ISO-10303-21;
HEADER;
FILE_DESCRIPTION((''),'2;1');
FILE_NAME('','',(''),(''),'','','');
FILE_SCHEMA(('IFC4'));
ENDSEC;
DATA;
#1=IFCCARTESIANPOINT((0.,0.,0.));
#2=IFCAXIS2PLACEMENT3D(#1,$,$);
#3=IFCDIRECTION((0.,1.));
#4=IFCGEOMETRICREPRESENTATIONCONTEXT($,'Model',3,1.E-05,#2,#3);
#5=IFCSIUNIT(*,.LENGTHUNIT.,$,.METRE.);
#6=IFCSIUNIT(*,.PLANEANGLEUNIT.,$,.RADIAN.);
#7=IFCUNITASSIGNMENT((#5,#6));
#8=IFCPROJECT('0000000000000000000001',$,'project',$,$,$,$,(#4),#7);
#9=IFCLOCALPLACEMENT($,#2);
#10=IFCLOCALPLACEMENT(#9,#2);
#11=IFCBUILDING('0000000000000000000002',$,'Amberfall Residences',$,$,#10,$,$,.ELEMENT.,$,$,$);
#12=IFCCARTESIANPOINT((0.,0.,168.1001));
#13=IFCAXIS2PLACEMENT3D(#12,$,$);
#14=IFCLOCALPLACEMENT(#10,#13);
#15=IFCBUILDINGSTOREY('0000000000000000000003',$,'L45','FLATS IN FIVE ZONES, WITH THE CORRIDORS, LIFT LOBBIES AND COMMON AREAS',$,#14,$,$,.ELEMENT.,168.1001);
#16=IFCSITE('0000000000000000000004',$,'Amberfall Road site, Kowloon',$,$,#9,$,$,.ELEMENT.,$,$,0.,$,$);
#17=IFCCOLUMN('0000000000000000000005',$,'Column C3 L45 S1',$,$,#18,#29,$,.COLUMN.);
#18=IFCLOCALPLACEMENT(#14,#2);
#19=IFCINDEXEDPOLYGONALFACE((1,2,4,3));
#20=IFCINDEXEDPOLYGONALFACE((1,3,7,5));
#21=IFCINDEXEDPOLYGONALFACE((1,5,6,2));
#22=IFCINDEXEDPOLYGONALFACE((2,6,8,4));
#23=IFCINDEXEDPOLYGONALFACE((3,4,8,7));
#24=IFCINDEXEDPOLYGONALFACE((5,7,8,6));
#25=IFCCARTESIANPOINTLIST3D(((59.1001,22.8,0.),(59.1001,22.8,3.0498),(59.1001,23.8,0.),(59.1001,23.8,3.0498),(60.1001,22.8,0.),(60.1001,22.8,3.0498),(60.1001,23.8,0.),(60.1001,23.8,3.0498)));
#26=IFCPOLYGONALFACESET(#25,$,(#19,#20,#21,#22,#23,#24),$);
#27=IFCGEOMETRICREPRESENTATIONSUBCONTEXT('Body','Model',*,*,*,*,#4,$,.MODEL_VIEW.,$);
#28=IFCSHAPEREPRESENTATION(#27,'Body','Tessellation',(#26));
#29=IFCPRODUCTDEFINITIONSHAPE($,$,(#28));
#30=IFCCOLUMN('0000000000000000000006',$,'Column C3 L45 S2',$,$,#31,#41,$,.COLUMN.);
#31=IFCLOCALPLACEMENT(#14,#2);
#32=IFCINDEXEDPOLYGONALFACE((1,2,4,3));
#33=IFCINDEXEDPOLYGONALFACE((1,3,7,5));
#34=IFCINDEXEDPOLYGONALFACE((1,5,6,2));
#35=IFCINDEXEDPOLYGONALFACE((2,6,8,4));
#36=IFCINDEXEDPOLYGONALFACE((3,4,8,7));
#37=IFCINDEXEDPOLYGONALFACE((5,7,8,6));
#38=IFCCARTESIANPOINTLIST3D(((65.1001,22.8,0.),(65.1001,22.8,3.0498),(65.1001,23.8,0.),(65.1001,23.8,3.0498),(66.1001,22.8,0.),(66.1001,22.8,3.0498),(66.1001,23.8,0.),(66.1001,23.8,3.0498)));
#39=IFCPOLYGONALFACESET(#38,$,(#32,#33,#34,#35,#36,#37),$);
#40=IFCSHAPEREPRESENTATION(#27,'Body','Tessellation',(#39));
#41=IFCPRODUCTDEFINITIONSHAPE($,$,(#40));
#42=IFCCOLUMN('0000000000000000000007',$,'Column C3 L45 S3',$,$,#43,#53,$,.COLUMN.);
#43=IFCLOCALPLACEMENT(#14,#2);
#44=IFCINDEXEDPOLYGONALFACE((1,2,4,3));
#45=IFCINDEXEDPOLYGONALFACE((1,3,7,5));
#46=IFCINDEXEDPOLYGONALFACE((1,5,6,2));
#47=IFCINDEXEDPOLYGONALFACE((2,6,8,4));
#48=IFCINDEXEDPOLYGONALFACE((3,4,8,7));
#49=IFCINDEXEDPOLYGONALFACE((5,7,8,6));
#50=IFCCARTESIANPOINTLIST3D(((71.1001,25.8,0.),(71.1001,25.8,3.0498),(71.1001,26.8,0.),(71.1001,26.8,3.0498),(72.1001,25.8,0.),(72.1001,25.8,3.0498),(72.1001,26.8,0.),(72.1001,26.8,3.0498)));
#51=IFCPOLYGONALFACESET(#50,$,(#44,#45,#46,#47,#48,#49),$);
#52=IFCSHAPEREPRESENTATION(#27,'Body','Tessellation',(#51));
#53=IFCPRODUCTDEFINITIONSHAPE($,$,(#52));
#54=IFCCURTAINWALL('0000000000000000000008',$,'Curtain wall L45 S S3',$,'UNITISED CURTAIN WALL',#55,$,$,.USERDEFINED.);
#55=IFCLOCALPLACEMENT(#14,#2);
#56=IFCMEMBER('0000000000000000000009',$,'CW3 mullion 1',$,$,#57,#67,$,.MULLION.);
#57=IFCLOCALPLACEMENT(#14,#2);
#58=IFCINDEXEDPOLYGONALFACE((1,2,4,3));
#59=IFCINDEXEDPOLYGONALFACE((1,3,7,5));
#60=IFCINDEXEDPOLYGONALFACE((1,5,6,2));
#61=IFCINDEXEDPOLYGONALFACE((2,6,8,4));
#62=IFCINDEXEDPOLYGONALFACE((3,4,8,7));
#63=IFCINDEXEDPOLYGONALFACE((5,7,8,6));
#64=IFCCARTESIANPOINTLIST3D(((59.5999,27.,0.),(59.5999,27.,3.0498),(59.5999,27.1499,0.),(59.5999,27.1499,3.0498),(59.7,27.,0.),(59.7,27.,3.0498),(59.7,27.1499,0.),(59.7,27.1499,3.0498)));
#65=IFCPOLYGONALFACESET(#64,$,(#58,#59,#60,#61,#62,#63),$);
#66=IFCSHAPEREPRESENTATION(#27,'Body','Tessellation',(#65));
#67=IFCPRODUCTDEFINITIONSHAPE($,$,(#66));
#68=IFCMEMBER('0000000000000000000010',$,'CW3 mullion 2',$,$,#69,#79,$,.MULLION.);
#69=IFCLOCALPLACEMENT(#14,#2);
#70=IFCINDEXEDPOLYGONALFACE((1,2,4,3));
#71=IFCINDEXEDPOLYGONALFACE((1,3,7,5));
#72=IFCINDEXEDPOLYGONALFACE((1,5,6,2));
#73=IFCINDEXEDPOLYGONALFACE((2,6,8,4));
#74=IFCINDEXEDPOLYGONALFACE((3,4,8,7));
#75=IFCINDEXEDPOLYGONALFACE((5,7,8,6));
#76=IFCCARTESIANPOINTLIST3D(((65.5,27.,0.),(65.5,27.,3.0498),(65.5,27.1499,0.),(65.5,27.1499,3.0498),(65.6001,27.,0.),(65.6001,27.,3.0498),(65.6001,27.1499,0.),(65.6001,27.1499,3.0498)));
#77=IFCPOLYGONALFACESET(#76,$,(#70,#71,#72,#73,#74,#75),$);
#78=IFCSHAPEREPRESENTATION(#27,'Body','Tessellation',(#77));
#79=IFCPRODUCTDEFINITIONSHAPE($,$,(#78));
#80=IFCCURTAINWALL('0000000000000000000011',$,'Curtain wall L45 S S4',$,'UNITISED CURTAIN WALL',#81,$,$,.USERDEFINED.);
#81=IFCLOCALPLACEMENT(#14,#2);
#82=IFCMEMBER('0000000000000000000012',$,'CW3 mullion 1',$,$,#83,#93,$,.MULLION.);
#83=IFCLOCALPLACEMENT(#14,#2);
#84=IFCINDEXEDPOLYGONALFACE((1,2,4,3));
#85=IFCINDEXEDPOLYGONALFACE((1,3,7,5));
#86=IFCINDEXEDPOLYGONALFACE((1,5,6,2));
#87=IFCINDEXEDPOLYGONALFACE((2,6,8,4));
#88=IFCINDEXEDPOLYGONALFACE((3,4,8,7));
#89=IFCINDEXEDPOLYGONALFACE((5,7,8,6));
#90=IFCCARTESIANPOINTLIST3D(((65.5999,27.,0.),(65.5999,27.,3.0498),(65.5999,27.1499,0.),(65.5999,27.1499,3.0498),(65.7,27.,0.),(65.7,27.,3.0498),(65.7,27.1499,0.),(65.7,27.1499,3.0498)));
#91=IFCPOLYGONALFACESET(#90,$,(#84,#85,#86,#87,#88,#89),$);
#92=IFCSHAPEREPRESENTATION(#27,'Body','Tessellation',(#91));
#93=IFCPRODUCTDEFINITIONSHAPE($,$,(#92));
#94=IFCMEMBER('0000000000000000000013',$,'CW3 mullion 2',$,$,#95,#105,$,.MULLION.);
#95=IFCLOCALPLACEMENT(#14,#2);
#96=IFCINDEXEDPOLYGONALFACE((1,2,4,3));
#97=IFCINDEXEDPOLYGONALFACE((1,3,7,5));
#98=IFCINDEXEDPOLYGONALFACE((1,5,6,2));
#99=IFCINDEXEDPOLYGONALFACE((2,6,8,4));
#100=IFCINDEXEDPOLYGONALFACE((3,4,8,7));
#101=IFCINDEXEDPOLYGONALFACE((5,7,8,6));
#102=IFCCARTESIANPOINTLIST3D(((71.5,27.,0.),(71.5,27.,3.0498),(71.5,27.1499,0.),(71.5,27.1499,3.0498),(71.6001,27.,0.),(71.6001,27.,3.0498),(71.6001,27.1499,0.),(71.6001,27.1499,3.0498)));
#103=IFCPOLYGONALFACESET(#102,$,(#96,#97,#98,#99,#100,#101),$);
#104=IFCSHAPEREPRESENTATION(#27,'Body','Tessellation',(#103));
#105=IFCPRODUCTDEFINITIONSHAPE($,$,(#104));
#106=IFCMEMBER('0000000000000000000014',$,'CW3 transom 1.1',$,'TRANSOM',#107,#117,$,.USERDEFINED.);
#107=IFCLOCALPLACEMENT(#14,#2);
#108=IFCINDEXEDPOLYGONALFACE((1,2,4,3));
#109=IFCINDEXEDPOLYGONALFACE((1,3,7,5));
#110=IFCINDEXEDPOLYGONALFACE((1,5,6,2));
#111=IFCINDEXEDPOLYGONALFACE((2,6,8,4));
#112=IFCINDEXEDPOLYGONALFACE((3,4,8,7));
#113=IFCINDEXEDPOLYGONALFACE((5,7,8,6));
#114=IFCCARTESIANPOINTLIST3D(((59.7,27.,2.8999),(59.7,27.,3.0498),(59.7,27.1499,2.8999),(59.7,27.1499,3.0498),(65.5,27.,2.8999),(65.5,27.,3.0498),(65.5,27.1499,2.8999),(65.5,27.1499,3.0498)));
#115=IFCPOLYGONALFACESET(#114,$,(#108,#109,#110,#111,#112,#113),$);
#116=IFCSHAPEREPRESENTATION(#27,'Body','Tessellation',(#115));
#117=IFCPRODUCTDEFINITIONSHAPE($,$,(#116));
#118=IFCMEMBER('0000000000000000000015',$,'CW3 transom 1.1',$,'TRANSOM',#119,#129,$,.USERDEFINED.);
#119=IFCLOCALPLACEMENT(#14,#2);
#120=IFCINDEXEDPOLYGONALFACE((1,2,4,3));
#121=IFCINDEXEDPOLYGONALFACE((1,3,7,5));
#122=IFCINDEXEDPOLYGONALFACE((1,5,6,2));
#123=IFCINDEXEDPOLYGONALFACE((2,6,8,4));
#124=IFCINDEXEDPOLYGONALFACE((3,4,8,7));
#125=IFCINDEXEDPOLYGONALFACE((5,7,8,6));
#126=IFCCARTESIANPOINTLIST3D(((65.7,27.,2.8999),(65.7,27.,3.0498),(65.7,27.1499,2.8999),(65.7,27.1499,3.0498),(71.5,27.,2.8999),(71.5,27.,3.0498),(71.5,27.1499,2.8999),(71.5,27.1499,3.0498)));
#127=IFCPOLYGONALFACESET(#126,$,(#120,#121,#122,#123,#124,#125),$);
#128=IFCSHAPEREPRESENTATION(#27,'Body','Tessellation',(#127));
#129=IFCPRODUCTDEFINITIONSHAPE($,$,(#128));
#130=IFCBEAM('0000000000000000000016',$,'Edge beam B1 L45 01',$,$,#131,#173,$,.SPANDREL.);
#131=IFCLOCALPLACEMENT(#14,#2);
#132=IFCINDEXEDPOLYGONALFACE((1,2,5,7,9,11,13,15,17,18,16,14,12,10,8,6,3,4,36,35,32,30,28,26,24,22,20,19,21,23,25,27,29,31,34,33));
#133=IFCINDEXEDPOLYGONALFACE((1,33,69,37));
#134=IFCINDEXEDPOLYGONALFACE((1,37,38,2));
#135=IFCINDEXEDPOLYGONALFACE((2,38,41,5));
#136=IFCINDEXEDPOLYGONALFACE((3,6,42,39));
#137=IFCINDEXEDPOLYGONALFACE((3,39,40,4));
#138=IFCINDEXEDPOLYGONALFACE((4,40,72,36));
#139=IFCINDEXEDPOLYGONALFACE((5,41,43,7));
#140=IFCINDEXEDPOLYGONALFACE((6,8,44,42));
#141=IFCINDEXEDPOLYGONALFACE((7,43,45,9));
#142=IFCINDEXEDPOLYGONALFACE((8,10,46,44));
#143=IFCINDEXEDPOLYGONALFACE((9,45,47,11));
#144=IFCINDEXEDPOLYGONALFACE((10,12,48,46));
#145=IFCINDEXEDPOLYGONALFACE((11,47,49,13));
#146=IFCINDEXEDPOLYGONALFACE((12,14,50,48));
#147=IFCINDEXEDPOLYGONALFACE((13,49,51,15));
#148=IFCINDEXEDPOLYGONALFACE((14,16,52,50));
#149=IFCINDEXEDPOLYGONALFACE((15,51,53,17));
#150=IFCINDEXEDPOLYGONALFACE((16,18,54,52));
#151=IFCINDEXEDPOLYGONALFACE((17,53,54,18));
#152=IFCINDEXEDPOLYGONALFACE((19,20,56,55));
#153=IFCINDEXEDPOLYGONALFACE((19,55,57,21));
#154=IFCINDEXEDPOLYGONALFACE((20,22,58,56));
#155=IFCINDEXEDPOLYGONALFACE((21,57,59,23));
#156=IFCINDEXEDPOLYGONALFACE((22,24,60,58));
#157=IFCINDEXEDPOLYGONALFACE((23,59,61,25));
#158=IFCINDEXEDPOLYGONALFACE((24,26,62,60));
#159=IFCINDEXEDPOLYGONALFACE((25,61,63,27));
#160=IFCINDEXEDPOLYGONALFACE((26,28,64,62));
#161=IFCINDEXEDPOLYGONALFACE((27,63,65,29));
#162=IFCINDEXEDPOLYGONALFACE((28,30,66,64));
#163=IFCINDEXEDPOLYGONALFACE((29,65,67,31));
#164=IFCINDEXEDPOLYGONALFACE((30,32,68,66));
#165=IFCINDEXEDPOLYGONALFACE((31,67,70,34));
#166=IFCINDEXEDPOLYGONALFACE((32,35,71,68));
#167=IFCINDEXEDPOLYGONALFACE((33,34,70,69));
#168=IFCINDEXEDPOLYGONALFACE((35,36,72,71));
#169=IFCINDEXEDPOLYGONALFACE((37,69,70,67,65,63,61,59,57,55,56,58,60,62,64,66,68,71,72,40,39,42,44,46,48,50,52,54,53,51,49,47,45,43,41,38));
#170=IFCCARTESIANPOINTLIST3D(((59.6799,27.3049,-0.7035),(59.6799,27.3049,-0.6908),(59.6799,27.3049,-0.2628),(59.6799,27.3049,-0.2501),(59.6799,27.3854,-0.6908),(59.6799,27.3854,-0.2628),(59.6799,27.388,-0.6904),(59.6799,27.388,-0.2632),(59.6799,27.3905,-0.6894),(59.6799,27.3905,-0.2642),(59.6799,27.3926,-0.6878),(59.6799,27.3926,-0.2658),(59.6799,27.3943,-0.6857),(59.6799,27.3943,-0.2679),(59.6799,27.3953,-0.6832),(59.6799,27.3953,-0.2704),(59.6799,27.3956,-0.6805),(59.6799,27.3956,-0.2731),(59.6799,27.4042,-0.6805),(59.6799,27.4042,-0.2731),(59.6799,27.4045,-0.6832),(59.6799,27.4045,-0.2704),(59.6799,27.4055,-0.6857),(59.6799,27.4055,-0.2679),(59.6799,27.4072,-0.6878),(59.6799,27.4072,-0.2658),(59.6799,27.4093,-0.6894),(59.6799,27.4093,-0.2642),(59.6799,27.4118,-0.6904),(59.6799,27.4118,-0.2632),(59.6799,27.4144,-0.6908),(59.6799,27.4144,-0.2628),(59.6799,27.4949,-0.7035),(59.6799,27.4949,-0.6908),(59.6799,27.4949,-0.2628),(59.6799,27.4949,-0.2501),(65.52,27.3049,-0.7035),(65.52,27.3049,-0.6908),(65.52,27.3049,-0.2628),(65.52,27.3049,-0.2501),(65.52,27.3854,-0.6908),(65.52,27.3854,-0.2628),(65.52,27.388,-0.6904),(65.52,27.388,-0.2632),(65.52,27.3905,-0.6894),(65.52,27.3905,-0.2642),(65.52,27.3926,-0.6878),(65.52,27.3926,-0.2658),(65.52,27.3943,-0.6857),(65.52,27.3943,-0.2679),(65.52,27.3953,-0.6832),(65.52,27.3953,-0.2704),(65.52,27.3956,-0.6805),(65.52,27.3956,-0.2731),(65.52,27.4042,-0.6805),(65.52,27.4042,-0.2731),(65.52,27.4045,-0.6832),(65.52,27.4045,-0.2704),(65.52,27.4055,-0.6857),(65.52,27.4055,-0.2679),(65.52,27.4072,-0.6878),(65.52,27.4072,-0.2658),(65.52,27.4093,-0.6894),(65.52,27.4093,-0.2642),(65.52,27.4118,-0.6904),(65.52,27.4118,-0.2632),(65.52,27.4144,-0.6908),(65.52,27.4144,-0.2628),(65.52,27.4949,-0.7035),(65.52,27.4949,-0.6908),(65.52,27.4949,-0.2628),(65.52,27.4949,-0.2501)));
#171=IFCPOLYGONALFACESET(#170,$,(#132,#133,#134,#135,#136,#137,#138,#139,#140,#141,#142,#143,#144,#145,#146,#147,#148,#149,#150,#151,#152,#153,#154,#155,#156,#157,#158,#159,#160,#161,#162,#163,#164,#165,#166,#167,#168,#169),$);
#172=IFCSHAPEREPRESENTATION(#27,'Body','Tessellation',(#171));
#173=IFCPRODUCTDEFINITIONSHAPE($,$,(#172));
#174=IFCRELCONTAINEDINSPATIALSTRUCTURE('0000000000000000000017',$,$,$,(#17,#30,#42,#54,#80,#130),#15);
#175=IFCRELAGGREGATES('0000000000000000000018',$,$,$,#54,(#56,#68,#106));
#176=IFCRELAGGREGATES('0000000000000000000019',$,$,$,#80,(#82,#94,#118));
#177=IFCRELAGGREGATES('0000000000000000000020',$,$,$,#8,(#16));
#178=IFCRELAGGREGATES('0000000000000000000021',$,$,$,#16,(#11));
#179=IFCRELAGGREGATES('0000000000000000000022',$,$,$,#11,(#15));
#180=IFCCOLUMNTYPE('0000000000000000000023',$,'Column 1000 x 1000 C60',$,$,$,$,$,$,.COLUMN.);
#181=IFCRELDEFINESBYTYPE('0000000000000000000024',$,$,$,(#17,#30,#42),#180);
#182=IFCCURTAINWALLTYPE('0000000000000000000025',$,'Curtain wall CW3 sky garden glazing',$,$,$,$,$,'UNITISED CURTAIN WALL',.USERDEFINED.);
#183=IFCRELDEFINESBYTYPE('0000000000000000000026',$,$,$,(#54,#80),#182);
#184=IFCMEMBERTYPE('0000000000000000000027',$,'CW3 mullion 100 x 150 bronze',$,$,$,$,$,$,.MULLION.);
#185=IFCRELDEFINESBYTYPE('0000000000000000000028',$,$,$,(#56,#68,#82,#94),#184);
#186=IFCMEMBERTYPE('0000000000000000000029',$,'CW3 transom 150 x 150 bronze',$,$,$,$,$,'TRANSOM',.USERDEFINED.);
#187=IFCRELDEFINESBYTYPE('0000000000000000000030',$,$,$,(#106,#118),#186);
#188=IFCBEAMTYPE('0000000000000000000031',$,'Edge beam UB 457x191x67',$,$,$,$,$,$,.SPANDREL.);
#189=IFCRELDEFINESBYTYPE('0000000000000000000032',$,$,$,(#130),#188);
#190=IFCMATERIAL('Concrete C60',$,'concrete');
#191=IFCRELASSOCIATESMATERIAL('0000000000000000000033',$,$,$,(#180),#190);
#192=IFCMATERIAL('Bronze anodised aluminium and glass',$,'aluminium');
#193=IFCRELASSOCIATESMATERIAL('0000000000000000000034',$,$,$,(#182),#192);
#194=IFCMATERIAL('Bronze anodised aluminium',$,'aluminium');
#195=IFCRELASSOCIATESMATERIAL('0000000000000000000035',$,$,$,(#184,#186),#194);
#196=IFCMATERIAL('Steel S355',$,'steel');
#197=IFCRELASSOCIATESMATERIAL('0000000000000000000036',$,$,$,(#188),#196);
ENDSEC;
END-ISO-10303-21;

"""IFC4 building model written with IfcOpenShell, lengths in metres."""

from ifc_helpers import new_model, si_unit, direction, frame, origin, origin_2d, place, context, subcontext, project, spatial, rectangle, i_section, extrude, material, material_profile, profile_set, type_object, element, aggregate, save


model = new_model("IFC4")

# Units and contexts
model_context = context("Model", 3, precision=1e-05, world=origin(), true_north=direction((0.0, 1.0)))
body_context = subcontext(model_context, "Body", "Model", "MODEL_VIEW")
ifc_project = project(units=[si_unit("LENGTHUNIT", "METRE"), si_unit("PLANEANGLEUNIT", "RADIAN")], contexts=[model_context])

# Site, building, storey
site_placement = place(None, origin())
site = spatial("IfcSite", under=ifc_project, at=site_placement, Name="Amberfall Road site, Kowloon", CompositionType="ELEMENT", RefElevation=0.0)
building_placement = place(site_placement, origin())
building = spatial("IfcBuilding", under=site, at=building_placement, Name="Amberfall Residences", CompositionType="ELEMENT")
storey_placement = place(building_placement, frame((0.0, 0.0, 168.1001)))
storey = spatial("IfcBuildingStorey", under=building, at=storey_placement, Name="L45", Description="FLATS IN FIVE ZONES, WITH THE CORRIDORS, LIFT LOBBIES AND COMMON AREAS", CompositionType="ELEMENT", Elevation=168.1001)

# Columns
ifc_material_1 = material(Name="Concrete C60", Category="concrete")
ifc_material_profile_1 = material_profile(ifc_material_1, rectangle(XDim=1.0, YDim=1.0, at=origin_2d()), Name="Column 1000 x 1000 C60")
ifc_profile_set_1 = profile_set([ifc_material_profile_1], Name="Concrete C60")
column_type = type_object("IfcColumnType", Name="Column 1000 x 1000 C60", PredefinedType="COLUMN", material=ifc_profile_set_1)
for number, where, z_axis, x_axis, name in (
    (1, (59.6001, 23.3, 0.0), (0.0, 0.0, 1.0), (1.0, 0.0, 0.0), "Column C3 L45 S1"),
    (2, (65.6001, 23.3, 0.0), (0.0, 0.0, 1.0), (1.0, 0.0, 0.0), "Column C3 L45 S2"),
    (3, (71.6001, 26.3, 0.0), (0.0, 0.0, 1.0), (1.0, 0.0, 0.0), "Column C3 L45 S3"),
):
    element("IfcColumn", number, at=place(storey_placement, frame(where, z_axis=z_axis, x_axis=x_axis)), inside=storey, type_object=column_type, Name=name, PredefinedType="COLUMN", context=body_context, shape_type="SweptSolid", body=[
        extrude(rectangle(XDim=1.0, YDim=1.0, at=origin_2d()), origin(), (0.0, 0.0, 1.0), 3.0498),
    ])

# Curtain walls, members
ifc_material_2 = material(Name="Bronze anodised aluminium and glass", Category="aluminium")
curtain_wall_type_1 = type_object("IfcCurtainWallType", Name="Curtain wall CW3 sky garden glazing", ElementType="UNITISED CURTAIN WALL", PredefinedType="USERDEFINED", material=ifc_material_2)
curtain_wall_1_placement = place(storey_placement, origin())
curtain_wall_1 = element("IfcCurtainWall", 4, at=curtain_wall_1_placement, inside=storey, type_object=curtain_wall_type_1, Name="Curtain wall L45 S S3", ObjectType="UNITISED CURTAIN WALL", PredefinedType="USERDEFINED")
ifc_material_3 = material(Name="Bronze anodised aluminium", Category="aluminium")
ifc_material_profile_2 = material_profile(ifc_material_3, rectangle(XDim=0.1499, YDim=0.1001, at=origin_2d()), Name="CW3 mullion 100 x 150 bronze")
ifc_profile_set_2 = profile_set([ifc_material_profile_2], Name="Bronze anodised aluminium")
member_type_1 = type_object("IfcMemberType", Name="CW3 mullion 100 x 150 bronze", PredefinedType="MULLION", material=ifc_profile_set_2)
member_1_placement = place(storey_placement, frame((59.6499, 27.075, 0.0), z_axis=(0.0, 0.0, 1.0), x_axis=(0.0, 1.0, 0.0)))
member_1 = element("IfcMember", 5, at=member_1_placement, type_object=member_type_1, Name="CW3 mullion 1", PredefinedType="MULLION", context=body_context, shape_type="SweptSolid", body=[
    extrude(rectangle(XDim=0.1499, YDim=0.1001, at=origin_2d()), origin(), (0.0, 0.0, 1.0), 3.0498),
])
member_2_placement = place(storey_placement, frame((65.55, 27.075, 0.0), z_axis=(0.0, 0.0, 1.0), x_axis=(0.0, 1.0, 0.0)))
member_2 = element("IfcMember", 6, at=member_2_placement, type_object=member_type_1, Name="CW3 mullion 2", PredefinedType="MULLION", context=body_context, shape_type="SweptSolid", body=[
    extrude(rectangle(XDim=0.1499, YDim=0.1001, at=origin_2d()), origin(), (0.0, 0.0, 1.0), 3.0498),
])
curtain_wall_2_placement = place(storey_placement, origin())
curtain_wall_2 = element("IfcCurtainWall", 7, at=curtain_wall_2_placement, inside=storey, type_object=curtain_wall_type_1, Name="Curtain wall L45 S S4", ObjectType="UNITISED CURTAIN WALL", PredefinedType="USERDEFINED")
member_3_placement = place(storey_placement, frame((65.6499, 27.075, 0.0), z_axis=(0.0, 0.0, 1.0), x_axis=(0.0, 1.0, 0.0)))
member_3 = element("IfcMember", 8, at=member_3_placement, type_object=member_type_1, Name="CW3 mullion 1", PredefinedType="MULLION", context=body_context, shape_type="SweptSolid", body=[
    extrude(rectangle(XDim=0.1499, YDim=0.1001, at=origin_2d()), origin(), (0.0, 0.0, 1.0), 3.0498),
])
member_4_placement = place(storey_placement, frame((71.55, 27.075, 0.0), z_axis=(0.0, 0.0, 1.0), x_axis=(0.0, 1.0, 0.0)))
member_4 = element("IfcMember", 9, at=member_4_placement, type_object=member_type_1, Name="CW3 mullion 2", PredefinedType="MULLION", context=body_context, shape_type="SweptSolid", body=[
    extrude(rectangle(XDim=0.1499, YDim=0.1001, at=origin_2d()), origin(), (0.0, 0.0, 1.0), 3.0498),
])

# Members
ifc_material_profile_3 = material_profile(ifc_material_3, rectangle(XDim=0.1499, YDim=0.1499, at=origin_2d()), Name="CW3 transom 150 x 150 bronze")
ifc_profile_set_3 = profile_set([ifc_material_profile_3], Name="Bronze anodised aluminium")
member_type_2 = type_object("IfcMemberType", Name="CW3 transom 150 x 150 bronze", ElementType="TRANSOM", PredefinedType="USERDEFINED", material=ifc_profile_set_3)
member_5_placement = place(storey_placement, frame((59.7, 27.075, 2.9749), z_axis=(1.0, 0.0, 0.0), x_axis=(0.0, 1.0, 0.0)))
member_5 = element("IfcMember", 10, at=member_5_placement, type_object=member_type_2, Name="CW3 transom 1.1", ObjectType="TRANSOM", PredefinedType="USERDEFINED", context=body_context, shape_type="SweptSolid", body=[
    extrude(rectangle(XDim=0.1499, YDim=0.1499, at=origin_2d()), origin(), (0.0, 0.0, 1.0), 5.8),
])
member_6_placement = place(storey_placement, frame((65.7, 27.075, 2.9749), z_axis=(1.0, 0.0, 0.0), x_axis=(0.0, 1.0, 0.0)))
member_6 = element("IfcMember", 11, at=member_6_placement, type_object=member_type_2, Name="CW3 transom 1.1", ObjectType="TRANSOM", PredefinedType="USERDEFINED", context=body_context, shape_type="SweptSolid", body=[
    extrude(rectangle(XDim=0.1499, YDim=0.1499, at=origin_2d()), origin(), (0.0, 0.0, 1.0), 5.8),
])

# Beam
ifc_material_4 = material(Name="Steel S355", Category="steel")
ifc_material_profile_4 = material_profile(ifc_material_4, i_section(OverallWidth=0.1899, OverallDepth=0.4534, WebThickness=0.0085, FlangeThickness=0.0127, FilletRadius=0.0103, at=origin_2d()), Name="UB 457x191x67")
ifc_profile_set_4 = profile_set([ifc_material_profile_4], Name="Steel S355")
beam_type_1 = type_object("IfcBeamType", Name="Edge beam UB 457x191x67", PredefinedType="SPANDREL", material=ifc_profile_set_4)
for number, where, z_axis, x_axis, name in (
    (12, (59.6799, 27.3999, -0.4768), (1.0, 0.0, 0.0), (0.0, 1.0, 0.0), "Edge beam B1 L45 01"),
):
    element("IfcBeam", number, at=place(storey_placement, frame(where, z_axis=z_axis, x_axis=x_axis)), inside=storey, type_object=beam_type_1, Name=name, PredefinedType="SPANDREL", context=body_context, shape_type="SweptSolid", body=[
        extrude(i_section(OverallWidth=0.1899, OverallDepth=0.4534, WebThickness=0.0085, FlangeThickness=0.0127, FilletRadius=0.0103, at=origin_2d()), origin(), (0.0, 0.0, 1.0), 5.8401),
    ])

aggregate(curtain_wall_1, [member_1, member_2, member_5])
aggregate(curtain_wall_2, [member_3, member_4, member_6])

save(model, "model.ifc")
